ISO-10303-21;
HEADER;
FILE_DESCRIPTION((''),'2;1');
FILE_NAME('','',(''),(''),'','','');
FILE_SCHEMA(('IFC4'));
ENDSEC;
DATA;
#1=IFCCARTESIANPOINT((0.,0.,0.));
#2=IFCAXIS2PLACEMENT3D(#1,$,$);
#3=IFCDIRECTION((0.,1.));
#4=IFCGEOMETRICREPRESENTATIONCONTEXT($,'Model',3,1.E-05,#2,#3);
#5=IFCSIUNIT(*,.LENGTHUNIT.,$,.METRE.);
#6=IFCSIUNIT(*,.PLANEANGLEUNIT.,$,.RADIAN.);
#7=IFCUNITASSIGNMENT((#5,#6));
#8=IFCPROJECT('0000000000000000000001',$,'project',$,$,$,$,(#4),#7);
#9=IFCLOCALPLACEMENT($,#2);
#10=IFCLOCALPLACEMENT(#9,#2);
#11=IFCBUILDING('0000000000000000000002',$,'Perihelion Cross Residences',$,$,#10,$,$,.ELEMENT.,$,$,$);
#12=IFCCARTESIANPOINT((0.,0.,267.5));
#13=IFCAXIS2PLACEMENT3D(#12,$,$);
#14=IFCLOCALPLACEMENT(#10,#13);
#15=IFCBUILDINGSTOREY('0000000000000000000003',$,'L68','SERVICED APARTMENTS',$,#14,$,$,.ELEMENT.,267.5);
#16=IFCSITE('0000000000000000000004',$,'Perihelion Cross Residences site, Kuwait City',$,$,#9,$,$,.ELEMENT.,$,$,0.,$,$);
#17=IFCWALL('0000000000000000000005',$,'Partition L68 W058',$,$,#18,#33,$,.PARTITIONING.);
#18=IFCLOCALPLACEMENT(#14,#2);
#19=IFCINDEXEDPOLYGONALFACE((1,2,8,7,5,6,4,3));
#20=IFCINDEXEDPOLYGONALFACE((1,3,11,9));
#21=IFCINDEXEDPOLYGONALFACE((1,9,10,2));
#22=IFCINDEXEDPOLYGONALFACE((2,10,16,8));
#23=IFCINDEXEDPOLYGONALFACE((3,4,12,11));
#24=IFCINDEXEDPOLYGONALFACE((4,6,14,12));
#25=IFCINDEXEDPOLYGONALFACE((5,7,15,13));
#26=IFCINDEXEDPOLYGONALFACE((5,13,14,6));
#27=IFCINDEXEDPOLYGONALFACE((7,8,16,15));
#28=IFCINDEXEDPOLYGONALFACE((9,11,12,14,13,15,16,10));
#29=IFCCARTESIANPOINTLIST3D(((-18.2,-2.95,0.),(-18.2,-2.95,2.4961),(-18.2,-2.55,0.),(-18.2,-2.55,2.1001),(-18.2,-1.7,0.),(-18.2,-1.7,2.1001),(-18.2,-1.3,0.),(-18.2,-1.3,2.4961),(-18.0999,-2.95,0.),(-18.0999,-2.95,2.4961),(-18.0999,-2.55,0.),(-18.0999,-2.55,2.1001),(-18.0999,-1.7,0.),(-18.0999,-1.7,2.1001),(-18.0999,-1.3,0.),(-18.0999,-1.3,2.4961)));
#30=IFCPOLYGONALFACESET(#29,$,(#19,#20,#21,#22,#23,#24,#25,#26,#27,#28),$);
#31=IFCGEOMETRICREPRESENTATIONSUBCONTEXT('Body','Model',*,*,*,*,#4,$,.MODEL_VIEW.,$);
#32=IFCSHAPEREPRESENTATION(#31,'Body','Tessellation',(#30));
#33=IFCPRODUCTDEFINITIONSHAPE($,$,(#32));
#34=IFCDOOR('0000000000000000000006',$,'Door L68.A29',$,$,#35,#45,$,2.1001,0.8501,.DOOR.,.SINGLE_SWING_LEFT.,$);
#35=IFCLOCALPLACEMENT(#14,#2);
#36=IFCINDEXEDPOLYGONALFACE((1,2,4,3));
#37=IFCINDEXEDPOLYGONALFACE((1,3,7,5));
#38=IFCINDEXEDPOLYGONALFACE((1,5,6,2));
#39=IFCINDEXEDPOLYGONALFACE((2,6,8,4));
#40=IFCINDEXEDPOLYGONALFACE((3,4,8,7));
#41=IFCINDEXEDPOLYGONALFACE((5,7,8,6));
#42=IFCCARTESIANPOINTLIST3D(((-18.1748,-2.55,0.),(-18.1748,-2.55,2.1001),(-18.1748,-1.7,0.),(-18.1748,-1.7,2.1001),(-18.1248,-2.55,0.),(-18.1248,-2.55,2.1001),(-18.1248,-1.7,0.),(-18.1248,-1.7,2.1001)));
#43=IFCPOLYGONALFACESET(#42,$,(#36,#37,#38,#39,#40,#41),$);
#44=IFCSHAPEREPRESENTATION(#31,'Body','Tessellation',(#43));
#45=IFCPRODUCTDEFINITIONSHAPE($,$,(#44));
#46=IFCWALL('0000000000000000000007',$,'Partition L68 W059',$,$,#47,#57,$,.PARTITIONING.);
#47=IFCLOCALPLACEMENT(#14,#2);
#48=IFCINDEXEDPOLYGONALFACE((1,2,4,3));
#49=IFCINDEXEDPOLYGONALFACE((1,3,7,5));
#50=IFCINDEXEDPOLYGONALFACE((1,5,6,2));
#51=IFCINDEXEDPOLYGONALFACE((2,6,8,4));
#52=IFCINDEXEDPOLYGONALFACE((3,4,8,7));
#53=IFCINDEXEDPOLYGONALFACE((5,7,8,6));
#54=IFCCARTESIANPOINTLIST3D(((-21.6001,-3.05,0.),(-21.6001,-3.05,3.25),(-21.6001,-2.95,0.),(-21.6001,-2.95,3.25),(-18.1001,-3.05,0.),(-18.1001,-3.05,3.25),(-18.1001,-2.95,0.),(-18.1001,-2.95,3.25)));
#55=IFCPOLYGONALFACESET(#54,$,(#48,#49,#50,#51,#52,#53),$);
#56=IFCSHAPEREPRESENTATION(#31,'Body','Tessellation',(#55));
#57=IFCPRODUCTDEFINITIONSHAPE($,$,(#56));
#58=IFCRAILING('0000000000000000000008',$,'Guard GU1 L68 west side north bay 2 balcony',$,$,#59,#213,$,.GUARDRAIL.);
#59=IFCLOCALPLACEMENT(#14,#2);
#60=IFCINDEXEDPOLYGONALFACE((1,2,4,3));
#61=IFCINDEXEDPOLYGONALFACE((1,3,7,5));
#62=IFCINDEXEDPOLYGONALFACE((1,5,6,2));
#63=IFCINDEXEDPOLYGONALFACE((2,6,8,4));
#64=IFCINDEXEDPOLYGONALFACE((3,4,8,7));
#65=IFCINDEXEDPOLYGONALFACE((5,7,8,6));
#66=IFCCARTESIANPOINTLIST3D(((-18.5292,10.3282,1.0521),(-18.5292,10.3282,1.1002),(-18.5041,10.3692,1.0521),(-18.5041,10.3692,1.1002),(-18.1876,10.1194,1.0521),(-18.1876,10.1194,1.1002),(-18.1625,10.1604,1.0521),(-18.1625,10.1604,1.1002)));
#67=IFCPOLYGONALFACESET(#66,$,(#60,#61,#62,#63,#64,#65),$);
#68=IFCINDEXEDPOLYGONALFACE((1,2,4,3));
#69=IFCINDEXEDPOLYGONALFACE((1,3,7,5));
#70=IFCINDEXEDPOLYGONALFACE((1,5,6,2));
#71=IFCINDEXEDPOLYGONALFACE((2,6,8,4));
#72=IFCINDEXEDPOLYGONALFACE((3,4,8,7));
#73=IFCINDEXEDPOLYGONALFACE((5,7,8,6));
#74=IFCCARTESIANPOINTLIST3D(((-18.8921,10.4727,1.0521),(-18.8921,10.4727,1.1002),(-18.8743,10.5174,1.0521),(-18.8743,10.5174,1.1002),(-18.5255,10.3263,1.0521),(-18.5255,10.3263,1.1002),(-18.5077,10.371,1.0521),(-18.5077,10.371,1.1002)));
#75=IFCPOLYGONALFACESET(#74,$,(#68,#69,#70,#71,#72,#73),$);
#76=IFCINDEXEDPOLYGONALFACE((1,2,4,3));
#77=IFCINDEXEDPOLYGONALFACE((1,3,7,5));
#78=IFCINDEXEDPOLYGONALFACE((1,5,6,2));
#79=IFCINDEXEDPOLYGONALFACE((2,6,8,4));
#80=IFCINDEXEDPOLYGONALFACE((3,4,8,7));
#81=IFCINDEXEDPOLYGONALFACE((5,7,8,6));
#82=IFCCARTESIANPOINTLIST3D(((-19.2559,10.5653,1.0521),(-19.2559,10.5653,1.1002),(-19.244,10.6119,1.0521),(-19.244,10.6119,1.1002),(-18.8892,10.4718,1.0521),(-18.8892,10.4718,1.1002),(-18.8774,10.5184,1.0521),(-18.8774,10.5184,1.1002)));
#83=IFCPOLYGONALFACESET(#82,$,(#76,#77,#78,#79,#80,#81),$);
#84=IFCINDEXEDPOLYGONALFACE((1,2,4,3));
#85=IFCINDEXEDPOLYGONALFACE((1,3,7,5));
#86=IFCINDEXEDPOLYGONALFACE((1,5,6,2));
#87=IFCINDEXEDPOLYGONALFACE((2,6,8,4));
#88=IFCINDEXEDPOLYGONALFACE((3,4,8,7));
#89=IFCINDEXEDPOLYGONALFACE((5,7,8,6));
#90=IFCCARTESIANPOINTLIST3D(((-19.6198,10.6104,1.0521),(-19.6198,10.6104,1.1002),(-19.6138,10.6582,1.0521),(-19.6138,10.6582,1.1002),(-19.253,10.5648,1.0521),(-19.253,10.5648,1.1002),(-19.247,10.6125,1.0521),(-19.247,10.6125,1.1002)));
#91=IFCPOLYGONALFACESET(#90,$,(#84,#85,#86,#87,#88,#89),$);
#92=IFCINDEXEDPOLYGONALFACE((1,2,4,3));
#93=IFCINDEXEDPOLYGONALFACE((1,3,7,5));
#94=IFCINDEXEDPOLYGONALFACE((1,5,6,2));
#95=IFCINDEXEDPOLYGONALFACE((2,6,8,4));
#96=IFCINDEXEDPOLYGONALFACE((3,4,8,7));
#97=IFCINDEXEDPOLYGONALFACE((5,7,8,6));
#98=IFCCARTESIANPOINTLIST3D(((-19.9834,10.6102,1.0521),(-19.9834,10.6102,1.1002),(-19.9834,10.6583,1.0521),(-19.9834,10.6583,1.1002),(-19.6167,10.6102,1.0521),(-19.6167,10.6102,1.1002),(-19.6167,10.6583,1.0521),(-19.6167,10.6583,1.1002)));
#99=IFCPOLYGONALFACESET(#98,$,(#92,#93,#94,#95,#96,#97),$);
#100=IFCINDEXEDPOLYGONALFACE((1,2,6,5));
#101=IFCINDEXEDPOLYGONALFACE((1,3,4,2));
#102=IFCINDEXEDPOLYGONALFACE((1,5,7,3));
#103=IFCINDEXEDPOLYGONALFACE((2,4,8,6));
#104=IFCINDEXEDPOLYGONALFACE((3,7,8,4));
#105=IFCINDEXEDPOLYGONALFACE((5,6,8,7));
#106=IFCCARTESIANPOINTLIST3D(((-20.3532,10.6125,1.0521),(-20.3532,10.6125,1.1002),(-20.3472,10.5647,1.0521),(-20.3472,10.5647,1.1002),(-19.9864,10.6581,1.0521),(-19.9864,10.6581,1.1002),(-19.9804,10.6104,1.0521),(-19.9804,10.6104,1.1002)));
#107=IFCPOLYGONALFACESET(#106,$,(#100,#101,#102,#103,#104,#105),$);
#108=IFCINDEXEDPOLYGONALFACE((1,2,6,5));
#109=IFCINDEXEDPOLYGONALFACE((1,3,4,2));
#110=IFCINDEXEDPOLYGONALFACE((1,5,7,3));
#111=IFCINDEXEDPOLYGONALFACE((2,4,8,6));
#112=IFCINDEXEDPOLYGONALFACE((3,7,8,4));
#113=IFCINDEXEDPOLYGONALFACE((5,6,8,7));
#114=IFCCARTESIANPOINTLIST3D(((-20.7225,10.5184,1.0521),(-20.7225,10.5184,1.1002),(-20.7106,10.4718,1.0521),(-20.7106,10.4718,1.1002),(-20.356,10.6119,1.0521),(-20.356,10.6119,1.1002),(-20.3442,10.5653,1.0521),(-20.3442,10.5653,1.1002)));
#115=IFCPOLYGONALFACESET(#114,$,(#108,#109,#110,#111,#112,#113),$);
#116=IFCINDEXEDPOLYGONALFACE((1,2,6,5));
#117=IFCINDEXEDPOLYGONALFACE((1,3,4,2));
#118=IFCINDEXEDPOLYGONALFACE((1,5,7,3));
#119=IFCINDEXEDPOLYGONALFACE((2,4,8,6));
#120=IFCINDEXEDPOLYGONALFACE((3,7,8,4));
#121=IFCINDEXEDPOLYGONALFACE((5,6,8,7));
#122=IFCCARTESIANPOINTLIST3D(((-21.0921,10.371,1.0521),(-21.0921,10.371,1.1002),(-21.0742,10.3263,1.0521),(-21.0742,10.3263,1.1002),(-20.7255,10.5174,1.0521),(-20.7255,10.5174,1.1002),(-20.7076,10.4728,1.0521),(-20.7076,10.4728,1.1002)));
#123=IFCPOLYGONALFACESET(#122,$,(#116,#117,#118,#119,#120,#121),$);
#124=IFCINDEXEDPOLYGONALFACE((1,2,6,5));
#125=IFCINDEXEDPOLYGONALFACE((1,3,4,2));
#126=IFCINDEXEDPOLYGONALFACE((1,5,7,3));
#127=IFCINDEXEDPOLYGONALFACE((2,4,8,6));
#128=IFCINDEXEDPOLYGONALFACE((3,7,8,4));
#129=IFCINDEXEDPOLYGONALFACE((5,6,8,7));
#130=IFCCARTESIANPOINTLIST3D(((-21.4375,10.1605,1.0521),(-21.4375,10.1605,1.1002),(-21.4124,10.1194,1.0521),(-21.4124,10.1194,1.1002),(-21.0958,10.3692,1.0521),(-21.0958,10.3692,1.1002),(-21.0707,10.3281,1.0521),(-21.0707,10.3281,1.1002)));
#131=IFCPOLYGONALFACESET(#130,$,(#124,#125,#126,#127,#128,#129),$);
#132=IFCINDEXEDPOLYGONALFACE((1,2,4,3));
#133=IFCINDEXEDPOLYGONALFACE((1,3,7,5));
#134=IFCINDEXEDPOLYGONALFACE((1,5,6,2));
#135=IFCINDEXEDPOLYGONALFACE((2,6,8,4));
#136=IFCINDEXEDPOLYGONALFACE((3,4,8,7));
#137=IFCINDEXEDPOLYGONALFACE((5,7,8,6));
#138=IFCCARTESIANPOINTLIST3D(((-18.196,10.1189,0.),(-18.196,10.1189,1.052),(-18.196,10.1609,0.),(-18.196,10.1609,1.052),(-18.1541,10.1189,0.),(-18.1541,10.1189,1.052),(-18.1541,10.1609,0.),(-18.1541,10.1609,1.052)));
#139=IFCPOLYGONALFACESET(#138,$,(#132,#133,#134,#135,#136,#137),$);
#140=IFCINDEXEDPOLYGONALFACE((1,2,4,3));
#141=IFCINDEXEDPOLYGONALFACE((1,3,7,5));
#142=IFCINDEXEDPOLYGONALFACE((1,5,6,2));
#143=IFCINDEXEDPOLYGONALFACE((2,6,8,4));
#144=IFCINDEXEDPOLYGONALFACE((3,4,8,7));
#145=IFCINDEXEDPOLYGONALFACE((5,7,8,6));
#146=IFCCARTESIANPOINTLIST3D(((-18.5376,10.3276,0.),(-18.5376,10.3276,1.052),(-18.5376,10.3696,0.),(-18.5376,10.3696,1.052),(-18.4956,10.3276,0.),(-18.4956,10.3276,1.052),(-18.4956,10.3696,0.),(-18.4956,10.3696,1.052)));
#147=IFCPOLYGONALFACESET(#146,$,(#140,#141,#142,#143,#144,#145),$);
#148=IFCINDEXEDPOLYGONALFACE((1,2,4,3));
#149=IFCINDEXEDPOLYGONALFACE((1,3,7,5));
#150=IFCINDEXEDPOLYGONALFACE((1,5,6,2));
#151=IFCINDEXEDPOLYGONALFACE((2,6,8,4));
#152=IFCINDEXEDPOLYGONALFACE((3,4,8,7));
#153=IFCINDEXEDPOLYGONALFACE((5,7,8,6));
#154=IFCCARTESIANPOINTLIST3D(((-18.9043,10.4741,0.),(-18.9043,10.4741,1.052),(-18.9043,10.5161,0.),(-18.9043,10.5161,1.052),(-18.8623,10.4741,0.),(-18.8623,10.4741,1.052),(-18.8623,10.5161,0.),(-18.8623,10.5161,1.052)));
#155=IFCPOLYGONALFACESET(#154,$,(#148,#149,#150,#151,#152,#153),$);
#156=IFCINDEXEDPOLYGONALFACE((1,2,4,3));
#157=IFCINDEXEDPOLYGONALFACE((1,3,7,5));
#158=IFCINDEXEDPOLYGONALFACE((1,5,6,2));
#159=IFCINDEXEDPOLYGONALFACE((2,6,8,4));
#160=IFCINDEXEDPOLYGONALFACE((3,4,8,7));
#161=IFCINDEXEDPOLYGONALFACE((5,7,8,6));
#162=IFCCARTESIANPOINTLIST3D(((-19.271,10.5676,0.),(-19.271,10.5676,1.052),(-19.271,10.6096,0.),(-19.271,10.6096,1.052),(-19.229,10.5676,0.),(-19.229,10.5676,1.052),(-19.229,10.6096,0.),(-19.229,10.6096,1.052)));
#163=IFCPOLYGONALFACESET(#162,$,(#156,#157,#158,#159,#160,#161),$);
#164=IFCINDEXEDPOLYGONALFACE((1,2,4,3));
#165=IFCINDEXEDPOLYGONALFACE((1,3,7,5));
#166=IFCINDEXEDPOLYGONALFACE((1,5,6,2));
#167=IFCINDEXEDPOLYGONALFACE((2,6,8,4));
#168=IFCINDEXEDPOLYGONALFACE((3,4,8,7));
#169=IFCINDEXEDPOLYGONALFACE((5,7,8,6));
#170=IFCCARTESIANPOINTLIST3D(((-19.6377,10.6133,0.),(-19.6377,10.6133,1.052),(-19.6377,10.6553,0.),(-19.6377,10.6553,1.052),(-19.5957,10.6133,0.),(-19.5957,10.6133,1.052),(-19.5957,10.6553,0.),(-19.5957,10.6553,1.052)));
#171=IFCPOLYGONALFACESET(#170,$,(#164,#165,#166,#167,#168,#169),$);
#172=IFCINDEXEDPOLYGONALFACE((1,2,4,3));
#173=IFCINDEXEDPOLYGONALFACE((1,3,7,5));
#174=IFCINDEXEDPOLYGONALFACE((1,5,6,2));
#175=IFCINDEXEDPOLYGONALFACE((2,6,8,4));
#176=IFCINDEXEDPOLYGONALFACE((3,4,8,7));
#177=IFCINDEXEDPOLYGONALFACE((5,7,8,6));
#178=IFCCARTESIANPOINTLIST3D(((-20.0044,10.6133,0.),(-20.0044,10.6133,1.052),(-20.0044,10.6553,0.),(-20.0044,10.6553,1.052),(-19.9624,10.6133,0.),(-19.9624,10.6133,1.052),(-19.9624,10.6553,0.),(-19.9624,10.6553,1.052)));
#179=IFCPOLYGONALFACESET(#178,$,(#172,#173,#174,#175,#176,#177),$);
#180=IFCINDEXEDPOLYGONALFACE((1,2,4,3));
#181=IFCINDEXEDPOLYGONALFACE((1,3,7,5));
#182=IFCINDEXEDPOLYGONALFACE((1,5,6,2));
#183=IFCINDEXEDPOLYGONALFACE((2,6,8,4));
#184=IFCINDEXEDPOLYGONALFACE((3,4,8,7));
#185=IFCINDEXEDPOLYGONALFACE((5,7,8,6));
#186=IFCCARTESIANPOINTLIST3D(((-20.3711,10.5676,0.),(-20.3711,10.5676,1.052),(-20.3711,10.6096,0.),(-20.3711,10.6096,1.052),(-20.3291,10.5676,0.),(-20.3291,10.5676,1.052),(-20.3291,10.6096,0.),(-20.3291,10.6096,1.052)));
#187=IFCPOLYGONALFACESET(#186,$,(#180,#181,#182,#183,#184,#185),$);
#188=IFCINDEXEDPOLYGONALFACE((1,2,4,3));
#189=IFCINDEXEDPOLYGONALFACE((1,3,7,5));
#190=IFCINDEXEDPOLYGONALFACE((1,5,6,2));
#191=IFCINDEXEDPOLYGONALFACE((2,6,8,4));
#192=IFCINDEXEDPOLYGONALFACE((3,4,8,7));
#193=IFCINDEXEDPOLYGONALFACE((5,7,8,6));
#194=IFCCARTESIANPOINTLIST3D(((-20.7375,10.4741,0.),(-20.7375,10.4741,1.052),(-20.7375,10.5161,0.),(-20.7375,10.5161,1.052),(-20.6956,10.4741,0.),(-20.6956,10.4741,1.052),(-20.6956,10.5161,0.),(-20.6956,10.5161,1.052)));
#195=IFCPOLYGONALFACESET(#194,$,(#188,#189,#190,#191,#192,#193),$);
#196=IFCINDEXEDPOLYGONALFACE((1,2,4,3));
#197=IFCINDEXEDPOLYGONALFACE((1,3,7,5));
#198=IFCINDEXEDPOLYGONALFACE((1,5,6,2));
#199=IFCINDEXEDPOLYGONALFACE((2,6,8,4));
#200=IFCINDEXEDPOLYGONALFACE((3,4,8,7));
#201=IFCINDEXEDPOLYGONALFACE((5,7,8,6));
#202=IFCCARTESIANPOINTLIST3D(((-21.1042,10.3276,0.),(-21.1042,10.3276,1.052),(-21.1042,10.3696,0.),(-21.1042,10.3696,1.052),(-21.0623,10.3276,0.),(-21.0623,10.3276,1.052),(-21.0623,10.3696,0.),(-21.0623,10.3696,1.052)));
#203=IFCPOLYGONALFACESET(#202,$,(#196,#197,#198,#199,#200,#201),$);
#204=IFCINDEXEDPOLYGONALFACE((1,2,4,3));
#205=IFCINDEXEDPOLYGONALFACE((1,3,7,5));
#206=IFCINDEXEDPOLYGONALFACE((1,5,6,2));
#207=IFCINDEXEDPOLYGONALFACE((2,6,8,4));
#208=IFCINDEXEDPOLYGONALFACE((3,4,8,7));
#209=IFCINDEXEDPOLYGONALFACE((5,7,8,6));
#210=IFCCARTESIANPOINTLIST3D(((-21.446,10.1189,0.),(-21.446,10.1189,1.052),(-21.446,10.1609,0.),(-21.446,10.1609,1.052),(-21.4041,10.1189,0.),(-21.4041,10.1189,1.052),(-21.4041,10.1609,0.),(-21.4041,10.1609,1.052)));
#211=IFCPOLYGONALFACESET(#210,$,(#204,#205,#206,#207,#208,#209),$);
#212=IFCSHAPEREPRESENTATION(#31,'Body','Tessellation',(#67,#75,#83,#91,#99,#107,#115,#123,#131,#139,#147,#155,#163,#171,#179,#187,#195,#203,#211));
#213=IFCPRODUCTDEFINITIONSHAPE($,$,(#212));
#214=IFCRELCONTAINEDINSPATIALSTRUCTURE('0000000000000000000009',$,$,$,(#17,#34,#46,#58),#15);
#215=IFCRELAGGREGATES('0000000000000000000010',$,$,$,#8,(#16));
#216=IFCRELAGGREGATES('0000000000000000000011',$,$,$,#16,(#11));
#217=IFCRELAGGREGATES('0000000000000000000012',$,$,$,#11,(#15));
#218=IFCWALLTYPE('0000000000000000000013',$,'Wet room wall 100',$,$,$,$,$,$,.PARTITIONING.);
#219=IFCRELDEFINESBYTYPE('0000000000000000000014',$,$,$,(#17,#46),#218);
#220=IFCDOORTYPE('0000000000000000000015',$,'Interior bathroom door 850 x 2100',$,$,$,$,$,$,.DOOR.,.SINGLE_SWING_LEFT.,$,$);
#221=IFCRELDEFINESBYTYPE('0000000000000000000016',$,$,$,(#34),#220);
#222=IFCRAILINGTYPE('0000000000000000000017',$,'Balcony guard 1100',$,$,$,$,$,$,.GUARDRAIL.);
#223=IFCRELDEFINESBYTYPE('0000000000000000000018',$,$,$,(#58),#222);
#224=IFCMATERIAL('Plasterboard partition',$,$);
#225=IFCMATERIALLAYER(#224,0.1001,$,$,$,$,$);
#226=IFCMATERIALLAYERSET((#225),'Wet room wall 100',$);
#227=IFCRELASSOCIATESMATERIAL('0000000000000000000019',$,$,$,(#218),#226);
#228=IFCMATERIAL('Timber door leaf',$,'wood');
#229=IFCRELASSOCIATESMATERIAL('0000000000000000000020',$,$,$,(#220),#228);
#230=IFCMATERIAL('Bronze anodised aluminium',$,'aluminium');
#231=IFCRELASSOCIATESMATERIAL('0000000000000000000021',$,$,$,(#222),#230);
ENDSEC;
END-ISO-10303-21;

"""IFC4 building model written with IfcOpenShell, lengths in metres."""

from ifc_helpers import new_model, si_unit, direction, frame, frame_2d, origin, origin_2d, place, context, subcontext, project, spatial, rectangle, extrude, material, layer, layer_set, type_object, element, fill, save


model = new_model("IFC4")

# Units and contexts
model_context = context("Model", 3, precision=1e-05, world=origin(), true_north=direction((0.0, 1.0)))
body_context = subcontext(model_context, "Body", "Model", "MODEL_VIEW")
ifc_project = project(units=[si_unit("LENGTHUNIT", "METRE"), si_unit("PLANEANGLEUNIT", "RADIAN")], contexts=[model_context])

# Site, building, storey
site_placement = place(None, origin())
site = spatial("IfcSite", under=ifc_project, at=site_placement, Name="Perihelion Cross Residences site, Kuwait City", CompositionType="ELEMENT", RefElevation=0.0)
building_placement = place(site_placement, origin())
building = spatial("IfcBuilding", under=site, at=building_placement, Name="Perihelion Cross Residences", CompositionType="ELEMENT")
storey_placement = place(building_placement, frame((0.0, 0.0, 267.5)))
storey = spatial("IfcBuildingStorey", under=building, at=storey_placement, Name="L68", Description="SERVICED APARTMENTS", CompositionType="ELEMENT", Elevation=267.5)

# Shared definitions
ifc_material_1 = material(Name="Plasterboard partition")
ifc_layer_1 = layer(ifc_material_1, 0.1001)
ifc_layer_set_1 = layer_set([ifc_layer_1], Name="Wet room wall 100")
wall_type_1 = type_object("IfcWallType", Name="Wet room wall 100", PredefinedType="PARTITIONING", material=ifc_layer_set_1)

# Shared definitions
ifc_material_2 = material(Name="Timber door leaf", Category="wood")
door_type_1 = type_object("IfcDoorType", Name="Interior bathroom door 850 x 2100", OperationType="SINGLE_SWING_LEFT", PredefinedType="DOOR", material=ifc_material_2)

# Wall, opening, door
wall_1_placement = place(storey_placement, frame((-18.1499, -2.95, 0.0), z_axis=(0.0, 0.0, 1.0), x_axis=(0.0, 1.0, 0.0)))
wall_1 = element("IfcWall", 1, at=wall_1_placement, inside=storey, type_object=wall_type_1, Name="Partition L68 W058", PredefinedType="PARTITIONING", context=body_context, shape_type="SweptSolid", body=[
    extrude(rectangle(XDim=1.6499, YDim=0.1001, at=frame_2d((0.825, 0.0))), origin(), (0.0, 0.0, 1.0), 2.4961),
])
opening_1_placement = place(wall_1_placement, frame((0.3999, 0.0, 0.0)))
opening_1 = element("IfcOpeningElement", 2, at=opening_1_placement, cuts=wall_1, PredefinedType="OPENING", context=body_context, shape_type="SweptSolid", body=[
    extrude(rectangle(XDim=0.8501, YDim=2.1001, at=frame_2d((0.425, 1.05))), frame((0.0, 0.0601, 0.0), z_axis=(0.0, -1.0, 0.0), x_axis=(1.0, 0.0, 0.0)), (0.0, 0.0, 1.0), 0.1201),
])
door_1_placement = place(opening_1_placement, origin())
door_1 = element("IfcDoor", 3, at=door_1_placement, inside=storey, type_object=door_type_1, Name="Door L68.A29", OperationType="SINGLE_SWING_LEFT", OverallHeight=2.1001, OverallWidth=0.8501, PredefinedType="DOOR", context=body_context, shape_type="SweptSolid", body=[
    extrude(rectangle(XDim=0.8501, YDim=2.1001, at=frame_2d((0.425, 1.05))), frame((0.0, 0.0249, 0.0), z_axis=(0.0, -1.0, 0.0), x_axis=(1.0, 0.0, 0.0)), (0.0, 0.0, 1.0), 0.05),
])
fill(opening_1, door_1)

# Wall
wall_2_placement = place(storey_placement, frame((-18.1001, -3.0, 0.0), z_axis=(0.0, 0.0, 1.0), x_axis=(-1.0, 0.0, 0.0)))
element("IfcWall", 4, at=wall_2_placement, inside=storey, type_object=wall_type_1, Name="Partition L68 W059", PredefinedType="PARTITIONING", context=body_context, shape_type="SweptSolid", body=[
    extrude(rectangle(XDim=3.5, YDim=0.1001, at=frame_2d((1.75, 0.0))), origin(), (0.0, 0.0, 1.0), 3.25),
])

# Railing
ifc_material_3 = material(Name="Bronze anodised aluminium", Category="aluminium")
railing_type = type_object("IfcRailingType", Name="Balcony guard 1100", PredefinedType="GUARDRAIL", material=ifc_material_3)
railing_placement = place(storey_placement, frame((-18.175, 10.1399, 0.0)))
element("IfcRailing", 5, at=railing_placement, inside=storey, type_object=railing_type, Name="Guard GU1 L68 west side north bay 2 balcony", PredefinedType="GUARDRAIL", context=body_context, shape_type="SweptSolid", body=[
    extrude(rectangle(XDim=0.0481, YDim=0.0481, at=origin_2d()), frame((0.0, 0.0, 1.0762), z_axis=(-0.853267, 0.521475, 0.0), x_axis=(-0.521475, -0.853267, 0.0)), (0.0, 0.0, 1.0), 0.4004),
    extrude(rectangle(XDim=0.0481, YDim=0.0481, at=origin_2d()), frame((-0.3416, 0.2087, 1.0762), z_axis=(-0.928647, 0.370964, 0.0), x_axis=(-0.370964, -0.928647, 0.0)), (0.0, 0.0, 1.0), 0.3948),
    extrude(rectangle(XDim=0.0481, YDim=0.0481, at=origin_2d()), frame((-0.7083, 0.3552, 1.0762), z_axis=(-0.968993, 0.247087, 0.0), x_axis=(-0.247087, -0.968993, 0.0)), (0.0, 0.0, 1.0), 0.3784),
    extrude(rectangle(XDim=0.0481, YDim=0.0481, at=origin_2d()), frame((-1.075, 0.4487, 1.0762), z_axis=(-0.992339, 0.123547, 0.0), x_axis=(-0.123547, -0.992339, 0.0)), (0.0, 0.0, 1.0), 0.3696),
    extrude(rectangle(XDim=0.0481, YDim=0.0481, at=origin_2d()), frame((-1.4417, 0.4944, 1.0762), z_axis=(-1.0, 0.0, 0.0), x_axis=(0.0, -1.0, 0.0)), (0.0, 0.0, 1.0), 0.3667),
    extrude(rectangle(XDim=0.0481, YDim=0.0481, at=origin_2d()), frame((-1.8083, 0.4944, 1.0762), z_axis=(-0.992339, -0.123547, 0.0), x_axis=(0.123547, -0.992339, 0.0)), (0.0, 0.0, 1.0), 0.3696),
    extrude(rectangle(XDim=0.0481, YDim=0.0481, at=origin_2d()), frame((-2.175, 0.4487, 1.0762), z_axis=(-0.968954, -0.247241, 0.0), x_axis=(0.247241, -0.968954, 0.0)), (0.0, 0.0, 1.0), 0.3782),
    extrude(rectangle(XDim=0.0481, YDim=0.0481, at=origin_2d()), frame((-2.5415, 0.3552, 1.0762), z_axis=(-0.928647, -0.370964, 0.0), x_axis=(0.370964, -0.928647, 0.0)), (0.0, 0.0, 1.0), 0.3948),
    extrude(rectangle(XDim=0.0481, YDim=0.0481, at=origin_2d()), frame((-2.9082, 0.2087, 1.0762), z_axis=(-0.853432, -0.521203, 0.0), x_axis=(0.521203, -0.853432, 0.0)), (0.0, 0.0, 1.0), 0.4004),
    extrude(rectangle(XDim=0.042, YDim=0.042, at=origin_2d()), origin(), (0.0, 0.0, 1.0), 1.052),
    extrude(rectangle(XDim=0.042, YDim=0.042, at=origin_2d()), frame((-0.3416, 0.2087, 0.0)), (0.0, 0.0, 1.0), 1.052),
    extrude(rectangle(XDim=0.042, YDim=0.042, at=origin_2d()), frame((-0.7083, 0.3552, 0.0)), (0.0, 0.0, 1.0), 1.052),
    extrude(rectangle(XDim=0.042, YDim=0.042, at=origin_2d()), frame((-1.075, 0.4487, 0.0)), (0.0, 0.0, 1.0), 1.052),
    extrude(rectangle(XDim=0.042, YDim=0.042, at=origin_2d()), frame((-1.4417, 0.4944, 0.0)), (0.0, 0.0, 1.0), 1.052),
    extrude(rectangle(XDim=0.042, YDim=0.042, at=origin_2d()), frame((-1.8083, 0.4944, 0.0)), (0.0, 0.0, 1.0), 1.052),
    extrude(rectangle(XDim=0.042, YDim=0.042, at=origin_2d()), frame((-2.175, 0.4487, 0.0)), (0.0, 0.0, 1.0), 1.052),
    extrude(rectangle(XDim=0.042, YDim=0.042, at=origin_2d()), frame((-2.5415, 0.3552, 0.0)), (0.0, 0.0, 1.0), 1.052),
    extrude(rectangle(XDim=0.042, YDim=0.042, at=origin_2d()), frame((-2.9082, 0.2087, 0.0)), (0.0, 0.0, 1.0), 1.052),
    extrude(rectangle(XDim=0.042, YDim=0.042, at=origin_2d()), frame((-3.25, 0.0, 0.0)), (0.0, 0.0, 1.0), 1.052),
])

save(model, "model.ifc")
